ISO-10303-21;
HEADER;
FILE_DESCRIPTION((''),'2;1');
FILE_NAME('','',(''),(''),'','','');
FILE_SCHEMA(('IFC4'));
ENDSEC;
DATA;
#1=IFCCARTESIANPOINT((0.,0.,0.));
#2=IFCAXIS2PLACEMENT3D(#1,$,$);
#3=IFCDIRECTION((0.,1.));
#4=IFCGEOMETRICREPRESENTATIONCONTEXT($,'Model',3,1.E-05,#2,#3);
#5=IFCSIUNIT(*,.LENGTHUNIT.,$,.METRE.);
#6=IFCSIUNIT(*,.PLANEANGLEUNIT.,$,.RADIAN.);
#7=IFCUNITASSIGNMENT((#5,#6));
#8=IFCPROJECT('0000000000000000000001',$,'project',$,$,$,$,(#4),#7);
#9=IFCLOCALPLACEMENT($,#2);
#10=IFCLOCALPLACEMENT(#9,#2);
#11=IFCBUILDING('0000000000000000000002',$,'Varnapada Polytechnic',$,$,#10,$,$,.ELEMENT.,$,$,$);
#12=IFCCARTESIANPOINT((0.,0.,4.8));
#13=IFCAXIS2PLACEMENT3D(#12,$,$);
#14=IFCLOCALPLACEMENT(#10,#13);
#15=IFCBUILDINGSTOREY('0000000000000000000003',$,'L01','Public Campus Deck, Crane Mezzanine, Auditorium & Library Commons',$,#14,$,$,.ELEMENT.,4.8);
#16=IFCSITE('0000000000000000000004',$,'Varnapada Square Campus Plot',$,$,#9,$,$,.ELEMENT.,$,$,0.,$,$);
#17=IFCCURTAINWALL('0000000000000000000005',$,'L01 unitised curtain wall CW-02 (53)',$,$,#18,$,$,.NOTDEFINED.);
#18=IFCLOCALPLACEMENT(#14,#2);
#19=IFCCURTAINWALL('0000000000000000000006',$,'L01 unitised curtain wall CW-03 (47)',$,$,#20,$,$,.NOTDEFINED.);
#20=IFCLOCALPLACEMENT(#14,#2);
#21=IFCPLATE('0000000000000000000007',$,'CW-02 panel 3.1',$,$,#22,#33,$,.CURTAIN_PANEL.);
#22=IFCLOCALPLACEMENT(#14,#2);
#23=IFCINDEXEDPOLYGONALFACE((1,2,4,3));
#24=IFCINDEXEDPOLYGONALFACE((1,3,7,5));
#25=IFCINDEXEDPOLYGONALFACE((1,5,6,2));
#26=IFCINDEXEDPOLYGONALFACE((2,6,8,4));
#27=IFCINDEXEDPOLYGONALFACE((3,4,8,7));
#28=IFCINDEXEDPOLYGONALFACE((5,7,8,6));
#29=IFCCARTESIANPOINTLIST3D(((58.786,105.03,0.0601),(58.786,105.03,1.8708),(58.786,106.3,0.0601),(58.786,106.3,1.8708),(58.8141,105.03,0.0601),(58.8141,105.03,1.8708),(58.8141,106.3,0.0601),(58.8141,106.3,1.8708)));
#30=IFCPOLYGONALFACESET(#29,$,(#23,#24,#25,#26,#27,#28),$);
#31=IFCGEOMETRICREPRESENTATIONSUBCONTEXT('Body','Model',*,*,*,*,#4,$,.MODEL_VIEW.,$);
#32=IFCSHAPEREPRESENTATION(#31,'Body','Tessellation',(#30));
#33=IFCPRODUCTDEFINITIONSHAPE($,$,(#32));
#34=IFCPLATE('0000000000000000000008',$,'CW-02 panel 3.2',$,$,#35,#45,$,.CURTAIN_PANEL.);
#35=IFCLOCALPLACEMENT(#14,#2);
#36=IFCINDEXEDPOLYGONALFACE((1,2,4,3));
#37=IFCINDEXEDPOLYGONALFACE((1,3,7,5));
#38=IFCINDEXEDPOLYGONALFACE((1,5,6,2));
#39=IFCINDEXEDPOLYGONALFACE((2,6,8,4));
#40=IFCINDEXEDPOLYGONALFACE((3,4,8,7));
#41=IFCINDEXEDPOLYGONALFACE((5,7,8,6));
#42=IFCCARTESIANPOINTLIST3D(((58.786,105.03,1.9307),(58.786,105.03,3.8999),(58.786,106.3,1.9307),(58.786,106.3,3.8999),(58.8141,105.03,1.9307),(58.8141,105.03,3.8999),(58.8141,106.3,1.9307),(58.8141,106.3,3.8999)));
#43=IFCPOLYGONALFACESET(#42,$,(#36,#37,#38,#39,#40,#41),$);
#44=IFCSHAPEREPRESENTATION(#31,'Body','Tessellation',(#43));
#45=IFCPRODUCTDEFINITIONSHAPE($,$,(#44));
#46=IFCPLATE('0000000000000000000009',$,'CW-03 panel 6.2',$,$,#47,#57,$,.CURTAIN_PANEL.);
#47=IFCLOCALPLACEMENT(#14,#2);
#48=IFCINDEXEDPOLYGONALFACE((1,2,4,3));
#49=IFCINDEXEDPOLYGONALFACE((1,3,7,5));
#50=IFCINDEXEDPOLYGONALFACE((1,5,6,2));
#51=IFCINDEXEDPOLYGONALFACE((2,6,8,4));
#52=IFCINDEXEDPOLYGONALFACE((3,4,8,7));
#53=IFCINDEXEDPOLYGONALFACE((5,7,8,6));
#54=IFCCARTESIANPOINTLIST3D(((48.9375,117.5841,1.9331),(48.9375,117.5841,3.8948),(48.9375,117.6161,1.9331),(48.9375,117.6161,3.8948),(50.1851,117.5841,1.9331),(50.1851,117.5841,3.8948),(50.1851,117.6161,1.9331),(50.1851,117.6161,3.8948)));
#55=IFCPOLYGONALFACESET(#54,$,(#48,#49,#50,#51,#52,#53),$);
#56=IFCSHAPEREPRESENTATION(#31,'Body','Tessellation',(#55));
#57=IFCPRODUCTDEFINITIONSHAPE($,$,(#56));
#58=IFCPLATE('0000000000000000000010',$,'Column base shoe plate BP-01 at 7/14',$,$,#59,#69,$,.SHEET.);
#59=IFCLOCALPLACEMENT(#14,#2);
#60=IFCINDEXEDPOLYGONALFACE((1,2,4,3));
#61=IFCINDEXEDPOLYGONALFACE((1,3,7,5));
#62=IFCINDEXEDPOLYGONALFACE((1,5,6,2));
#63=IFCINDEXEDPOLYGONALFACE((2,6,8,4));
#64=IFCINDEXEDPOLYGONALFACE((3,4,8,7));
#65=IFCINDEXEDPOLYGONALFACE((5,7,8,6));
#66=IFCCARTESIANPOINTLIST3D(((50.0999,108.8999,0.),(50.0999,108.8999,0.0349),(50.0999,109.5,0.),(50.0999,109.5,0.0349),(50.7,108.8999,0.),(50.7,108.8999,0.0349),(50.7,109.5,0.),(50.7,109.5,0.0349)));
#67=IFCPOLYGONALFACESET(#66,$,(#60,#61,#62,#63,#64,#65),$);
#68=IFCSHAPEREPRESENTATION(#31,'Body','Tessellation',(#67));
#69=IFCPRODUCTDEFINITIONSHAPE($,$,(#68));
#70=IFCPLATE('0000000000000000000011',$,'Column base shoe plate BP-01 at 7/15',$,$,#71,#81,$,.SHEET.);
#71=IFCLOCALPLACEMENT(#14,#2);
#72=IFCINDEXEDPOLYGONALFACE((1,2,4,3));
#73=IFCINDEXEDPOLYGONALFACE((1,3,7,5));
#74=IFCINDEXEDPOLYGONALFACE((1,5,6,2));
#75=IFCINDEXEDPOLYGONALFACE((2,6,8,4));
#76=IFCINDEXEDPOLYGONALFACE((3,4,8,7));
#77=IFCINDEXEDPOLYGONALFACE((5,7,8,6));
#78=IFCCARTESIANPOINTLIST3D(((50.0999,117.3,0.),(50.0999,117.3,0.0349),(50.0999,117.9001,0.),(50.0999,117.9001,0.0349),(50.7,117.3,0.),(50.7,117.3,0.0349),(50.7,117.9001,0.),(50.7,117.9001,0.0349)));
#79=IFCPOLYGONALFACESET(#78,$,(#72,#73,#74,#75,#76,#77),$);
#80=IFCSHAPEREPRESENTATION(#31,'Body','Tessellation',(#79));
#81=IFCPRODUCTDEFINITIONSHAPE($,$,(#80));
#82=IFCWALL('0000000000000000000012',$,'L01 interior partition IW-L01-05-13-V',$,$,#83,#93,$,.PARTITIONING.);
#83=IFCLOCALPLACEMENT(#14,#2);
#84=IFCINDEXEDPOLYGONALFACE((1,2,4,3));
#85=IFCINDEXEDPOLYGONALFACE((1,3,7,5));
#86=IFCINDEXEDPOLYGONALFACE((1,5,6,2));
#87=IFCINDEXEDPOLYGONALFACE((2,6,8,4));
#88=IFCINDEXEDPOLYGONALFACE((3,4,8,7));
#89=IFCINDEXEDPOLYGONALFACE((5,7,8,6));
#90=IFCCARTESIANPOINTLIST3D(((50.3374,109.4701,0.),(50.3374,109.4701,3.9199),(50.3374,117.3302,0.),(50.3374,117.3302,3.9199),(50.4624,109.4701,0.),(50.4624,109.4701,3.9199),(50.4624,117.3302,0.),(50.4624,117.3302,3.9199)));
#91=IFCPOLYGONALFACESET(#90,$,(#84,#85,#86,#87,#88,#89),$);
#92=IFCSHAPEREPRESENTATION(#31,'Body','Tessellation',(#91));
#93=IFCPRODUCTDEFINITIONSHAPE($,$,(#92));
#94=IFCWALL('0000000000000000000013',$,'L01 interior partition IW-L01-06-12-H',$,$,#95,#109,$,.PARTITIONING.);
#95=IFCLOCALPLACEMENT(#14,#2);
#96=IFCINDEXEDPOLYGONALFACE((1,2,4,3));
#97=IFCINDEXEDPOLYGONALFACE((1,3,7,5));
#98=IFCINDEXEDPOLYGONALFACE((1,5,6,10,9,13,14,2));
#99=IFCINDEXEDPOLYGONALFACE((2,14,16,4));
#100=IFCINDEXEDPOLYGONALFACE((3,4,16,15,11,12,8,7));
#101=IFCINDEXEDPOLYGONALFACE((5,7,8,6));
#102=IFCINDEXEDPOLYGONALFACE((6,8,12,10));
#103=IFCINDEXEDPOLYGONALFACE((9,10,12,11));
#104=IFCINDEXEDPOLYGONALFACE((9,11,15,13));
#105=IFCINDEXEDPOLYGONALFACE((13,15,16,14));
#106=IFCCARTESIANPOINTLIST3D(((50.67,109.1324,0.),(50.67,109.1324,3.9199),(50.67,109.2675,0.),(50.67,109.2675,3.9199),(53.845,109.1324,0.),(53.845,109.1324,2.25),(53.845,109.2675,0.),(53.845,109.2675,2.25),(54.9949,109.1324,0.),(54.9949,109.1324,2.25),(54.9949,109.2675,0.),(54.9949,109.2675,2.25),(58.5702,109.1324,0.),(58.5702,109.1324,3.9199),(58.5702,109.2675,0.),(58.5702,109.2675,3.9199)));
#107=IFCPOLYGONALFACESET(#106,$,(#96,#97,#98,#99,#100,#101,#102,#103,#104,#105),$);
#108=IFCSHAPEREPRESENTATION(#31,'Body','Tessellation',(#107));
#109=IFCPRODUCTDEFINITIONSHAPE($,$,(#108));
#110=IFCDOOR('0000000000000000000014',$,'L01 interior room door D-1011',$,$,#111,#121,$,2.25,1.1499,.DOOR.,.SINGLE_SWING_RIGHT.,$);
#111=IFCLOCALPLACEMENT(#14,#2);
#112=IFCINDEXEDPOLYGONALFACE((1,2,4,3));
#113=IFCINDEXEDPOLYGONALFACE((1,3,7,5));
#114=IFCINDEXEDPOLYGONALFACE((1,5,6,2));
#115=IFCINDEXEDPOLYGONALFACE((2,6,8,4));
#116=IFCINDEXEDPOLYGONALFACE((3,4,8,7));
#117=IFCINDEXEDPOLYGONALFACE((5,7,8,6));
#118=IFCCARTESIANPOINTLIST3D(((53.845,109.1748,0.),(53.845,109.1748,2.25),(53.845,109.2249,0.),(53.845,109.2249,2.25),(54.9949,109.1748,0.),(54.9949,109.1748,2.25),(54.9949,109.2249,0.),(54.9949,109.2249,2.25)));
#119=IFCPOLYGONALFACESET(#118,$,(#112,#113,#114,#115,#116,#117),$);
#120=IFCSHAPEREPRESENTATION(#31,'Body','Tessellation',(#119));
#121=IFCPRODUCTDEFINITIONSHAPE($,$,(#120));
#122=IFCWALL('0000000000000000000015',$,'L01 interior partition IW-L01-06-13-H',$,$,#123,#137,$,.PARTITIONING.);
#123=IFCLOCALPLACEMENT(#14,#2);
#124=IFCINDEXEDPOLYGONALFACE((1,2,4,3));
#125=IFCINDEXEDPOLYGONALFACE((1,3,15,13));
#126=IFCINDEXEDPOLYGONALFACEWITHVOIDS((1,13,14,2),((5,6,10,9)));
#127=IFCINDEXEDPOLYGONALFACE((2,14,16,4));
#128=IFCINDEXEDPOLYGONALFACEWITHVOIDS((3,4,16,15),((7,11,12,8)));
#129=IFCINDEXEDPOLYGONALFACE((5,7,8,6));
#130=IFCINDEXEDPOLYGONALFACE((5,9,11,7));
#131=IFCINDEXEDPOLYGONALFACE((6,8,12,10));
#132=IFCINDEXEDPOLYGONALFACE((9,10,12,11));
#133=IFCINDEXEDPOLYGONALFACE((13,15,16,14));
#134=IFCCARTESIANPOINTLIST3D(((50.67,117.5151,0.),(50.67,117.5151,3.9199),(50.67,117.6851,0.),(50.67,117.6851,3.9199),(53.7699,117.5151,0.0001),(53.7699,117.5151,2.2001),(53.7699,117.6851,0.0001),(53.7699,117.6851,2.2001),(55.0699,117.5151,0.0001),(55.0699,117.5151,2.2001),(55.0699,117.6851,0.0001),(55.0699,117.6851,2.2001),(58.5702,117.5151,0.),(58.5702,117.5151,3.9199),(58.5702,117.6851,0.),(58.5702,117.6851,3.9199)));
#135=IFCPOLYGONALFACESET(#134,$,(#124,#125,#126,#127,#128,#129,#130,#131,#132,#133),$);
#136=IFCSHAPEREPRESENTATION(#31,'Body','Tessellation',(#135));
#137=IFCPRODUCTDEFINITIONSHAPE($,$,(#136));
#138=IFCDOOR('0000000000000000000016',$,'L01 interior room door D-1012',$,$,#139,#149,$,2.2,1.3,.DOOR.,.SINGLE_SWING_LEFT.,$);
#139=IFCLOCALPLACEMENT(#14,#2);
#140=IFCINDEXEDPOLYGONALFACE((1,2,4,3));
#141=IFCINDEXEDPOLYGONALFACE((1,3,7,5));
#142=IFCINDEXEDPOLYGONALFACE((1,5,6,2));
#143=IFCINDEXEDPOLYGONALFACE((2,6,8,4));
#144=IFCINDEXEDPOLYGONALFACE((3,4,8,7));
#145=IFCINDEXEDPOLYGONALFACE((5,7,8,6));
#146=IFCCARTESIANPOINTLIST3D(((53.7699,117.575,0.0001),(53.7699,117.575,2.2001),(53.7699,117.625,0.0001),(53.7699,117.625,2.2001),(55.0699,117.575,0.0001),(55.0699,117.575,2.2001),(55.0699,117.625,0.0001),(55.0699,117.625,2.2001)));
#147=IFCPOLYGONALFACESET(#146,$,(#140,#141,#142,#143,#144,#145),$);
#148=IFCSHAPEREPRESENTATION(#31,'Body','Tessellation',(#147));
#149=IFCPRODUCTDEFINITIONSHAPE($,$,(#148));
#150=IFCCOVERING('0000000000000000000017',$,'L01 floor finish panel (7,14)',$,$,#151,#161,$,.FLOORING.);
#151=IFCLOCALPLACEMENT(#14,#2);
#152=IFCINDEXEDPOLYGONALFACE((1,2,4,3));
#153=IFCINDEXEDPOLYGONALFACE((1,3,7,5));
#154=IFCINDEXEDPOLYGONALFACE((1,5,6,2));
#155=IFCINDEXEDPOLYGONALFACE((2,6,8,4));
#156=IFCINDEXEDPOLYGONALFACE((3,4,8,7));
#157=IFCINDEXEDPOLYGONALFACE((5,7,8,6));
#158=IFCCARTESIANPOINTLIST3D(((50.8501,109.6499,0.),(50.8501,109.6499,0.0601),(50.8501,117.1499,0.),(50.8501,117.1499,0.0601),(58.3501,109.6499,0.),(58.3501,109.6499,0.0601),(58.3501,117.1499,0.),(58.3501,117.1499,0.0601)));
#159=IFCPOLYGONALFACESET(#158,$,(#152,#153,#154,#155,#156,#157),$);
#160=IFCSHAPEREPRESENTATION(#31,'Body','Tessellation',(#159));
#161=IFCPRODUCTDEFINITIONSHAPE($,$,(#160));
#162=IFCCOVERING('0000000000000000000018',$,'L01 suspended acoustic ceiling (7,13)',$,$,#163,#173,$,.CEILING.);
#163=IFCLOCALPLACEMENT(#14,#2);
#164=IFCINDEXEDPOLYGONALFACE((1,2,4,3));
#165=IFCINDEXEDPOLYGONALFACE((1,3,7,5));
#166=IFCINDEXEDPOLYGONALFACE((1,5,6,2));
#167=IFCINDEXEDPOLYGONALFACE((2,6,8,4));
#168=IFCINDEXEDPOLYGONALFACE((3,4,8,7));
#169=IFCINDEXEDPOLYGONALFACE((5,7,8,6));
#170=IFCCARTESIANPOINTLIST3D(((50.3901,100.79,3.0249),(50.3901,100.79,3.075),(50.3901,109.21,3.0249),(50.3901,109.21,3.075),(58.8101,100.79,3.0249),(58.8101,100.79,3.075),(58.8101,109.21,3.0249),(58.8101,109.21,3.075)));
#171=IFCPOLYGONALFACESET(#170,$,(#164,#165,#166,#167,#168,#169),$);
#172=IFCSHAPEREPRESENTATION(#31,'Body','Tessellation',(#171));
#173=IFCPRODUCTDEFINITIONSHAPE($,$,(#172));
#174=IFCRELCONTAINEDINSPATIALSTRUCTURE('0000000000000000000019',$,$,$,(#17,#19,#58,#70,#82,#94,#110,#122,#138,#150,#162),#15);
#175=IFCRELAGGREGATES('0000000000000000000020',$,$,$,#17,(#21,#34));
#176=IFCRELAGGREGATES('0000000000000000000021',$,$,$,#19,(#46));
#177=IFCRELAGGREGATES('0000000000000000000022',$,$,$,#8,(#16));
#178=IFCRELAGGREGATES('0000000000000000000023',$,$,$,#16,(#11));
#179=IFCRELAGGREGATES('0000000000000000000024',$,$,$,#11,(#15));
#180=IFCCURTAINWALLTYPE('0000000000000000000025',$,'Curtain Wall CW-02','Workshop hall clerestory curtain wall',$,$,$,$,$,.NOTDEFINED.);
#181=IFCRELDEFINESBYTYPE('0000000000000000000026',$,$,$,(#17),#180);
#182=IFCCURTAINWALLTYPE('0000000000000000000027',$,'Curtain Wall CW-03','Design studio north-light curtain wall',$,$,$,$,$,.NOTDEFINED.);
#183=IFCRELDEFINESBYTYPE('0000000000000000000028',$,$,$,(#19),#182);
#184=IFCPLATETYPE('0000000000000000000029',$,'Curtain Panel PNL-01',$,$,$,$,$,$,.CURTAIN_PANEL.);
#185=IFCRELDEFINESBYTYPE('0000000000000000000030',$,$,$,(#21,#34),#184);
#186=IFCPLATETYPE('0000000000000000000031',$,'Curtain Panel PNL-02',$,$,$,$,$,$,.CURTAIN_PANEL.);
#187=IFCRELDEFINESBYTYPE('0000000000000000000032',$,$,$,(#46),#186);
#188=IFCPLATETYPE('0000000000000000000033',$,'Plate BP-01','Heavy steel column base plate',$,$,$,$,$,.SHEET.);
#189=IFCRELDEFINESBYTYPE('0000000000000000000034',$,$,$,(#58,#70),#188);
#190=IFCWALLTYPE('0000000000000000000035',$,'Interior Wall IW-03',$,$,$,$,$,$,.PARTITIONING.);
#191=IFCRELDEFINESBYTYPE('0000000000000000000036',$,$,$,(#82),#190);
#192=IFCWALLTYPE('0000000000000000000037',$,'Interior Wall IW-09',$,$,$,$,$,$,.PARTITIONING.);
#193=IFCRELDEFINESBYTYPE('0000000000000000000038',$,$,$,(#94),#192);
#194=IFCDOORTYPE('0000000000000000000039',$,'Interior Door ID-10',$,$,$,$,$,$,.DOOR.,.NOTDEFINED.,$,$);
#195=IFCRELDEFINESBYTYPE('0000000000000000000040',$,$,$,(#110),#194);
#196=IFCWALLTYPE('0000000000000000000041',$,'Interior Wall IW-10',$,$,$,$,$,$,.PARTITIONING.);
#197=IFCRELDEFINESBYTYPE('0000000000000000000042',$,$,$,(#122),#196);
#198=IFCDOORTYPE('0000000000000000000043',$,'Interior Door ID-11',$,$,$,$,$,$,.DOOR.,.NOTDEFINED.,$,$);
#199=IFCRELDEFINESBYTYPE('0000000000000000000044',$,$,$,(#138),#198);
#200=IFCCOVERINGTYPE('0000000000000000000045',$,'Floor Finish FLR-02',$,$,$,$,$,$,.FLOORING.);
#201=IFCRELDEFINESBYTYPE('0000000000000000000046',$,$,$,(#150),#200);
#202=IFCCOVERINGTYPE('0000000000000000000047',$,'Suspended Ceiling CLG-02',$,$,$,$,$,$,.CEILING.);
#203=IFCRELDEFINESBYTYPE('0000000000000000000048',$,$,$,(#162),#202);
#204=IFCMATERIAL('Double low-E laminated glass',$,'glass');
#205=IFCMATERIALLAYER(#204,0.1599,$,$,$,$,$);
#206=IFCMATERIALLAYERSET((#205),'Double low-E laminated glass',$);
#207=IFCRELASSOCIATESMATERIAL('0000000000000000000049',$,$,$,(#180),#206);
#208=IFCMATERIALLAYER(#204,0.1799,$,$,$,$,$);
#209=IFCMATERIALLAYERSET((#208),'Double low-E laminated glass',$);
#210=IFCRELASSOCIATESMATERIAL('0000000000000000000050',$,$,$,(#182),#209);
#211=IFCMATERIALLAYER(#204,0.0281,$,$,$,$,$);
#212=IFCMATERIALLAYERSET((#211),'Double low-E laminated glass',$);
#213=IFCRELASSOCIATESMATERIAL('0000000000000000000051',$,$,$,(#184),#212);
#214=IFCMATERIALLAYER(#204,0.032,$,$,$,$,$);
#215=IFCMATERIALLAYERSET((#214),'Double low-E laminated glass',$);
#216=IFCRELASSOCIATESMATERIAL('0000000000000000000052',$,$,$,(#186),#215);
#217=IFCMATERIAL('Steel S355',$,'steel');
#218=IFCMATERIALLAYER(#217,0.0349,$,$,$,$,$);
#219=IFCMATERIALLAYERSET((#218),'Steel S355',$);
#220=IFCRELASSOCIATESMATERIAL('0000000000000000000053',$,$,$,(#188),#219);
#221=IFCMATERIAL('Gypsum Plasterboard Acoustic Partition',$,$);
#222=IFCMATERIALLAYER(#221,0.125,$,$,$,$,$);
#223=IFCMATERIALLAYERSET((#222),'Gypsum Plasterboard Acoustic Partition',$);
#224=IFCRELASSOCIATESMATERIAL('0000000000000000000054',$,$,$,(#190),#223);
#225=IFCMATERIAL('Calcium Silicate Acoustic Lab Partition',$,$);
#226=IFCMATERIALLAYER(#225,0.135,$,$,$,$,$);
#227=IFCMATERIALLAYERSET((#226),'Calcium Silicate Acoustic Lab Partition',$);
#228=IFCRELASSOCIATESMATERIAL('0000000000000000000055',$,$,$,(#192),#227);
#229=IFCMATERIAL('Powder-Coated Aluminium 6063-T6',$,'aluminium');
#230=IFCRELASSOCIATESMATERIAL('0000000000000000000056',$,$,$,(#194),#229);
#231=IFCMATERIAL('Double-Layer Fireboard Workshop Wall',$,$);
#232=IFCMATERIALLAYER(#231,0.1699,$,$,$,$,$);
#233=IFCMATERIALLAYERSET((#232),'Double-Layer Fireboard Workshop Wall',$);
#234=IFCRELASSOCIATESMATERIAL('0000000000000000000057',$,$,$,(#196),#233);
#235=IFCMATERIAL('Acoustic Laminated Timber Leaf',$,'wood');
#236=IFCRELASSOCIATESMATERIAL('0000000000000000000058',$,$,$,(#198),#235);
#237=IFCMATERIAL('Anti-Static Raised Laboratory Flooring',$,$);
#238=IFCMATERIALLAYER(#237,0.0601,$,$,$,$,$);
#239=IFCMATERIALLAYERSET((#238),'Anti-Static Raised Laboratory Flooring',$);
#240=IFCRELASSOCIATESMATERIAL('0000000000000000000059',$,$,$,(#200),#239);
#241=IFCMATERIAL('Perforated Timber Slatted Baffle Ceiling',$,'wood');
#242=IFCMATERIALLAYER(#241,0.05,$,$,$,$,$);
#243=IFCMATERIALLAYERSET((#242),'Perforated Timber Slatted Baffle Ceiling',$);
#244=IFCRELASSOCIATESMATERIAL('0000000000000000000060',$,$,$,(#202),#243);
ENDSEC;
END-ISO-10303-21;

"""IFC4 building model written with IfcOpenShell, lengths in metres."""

from ifc_helpers import new_model, si_unit, direction, frame, frame_2d, origin, origin_2d, place, context, subcontext, project, spatial, rectangle, extrude, material, layer, layer_set, type_object, element, fill, aggregate, save


model = new_model("IFC4")

# Units and contexts
model_context = context("Model", 3, precision=1e-05, world=origin(), true_north=direction((0.0, 1.0)))
body_context = subcontext(model_context, "Body", "Model", "MODEL_VIEW")
ifc_project = project(units=[si_unit("LENGTHUNIT", "METRE"), si_unit("PLANEANGLEUNIT", "RADIAN")], contexts=[model_context])

# Site, building, storey
site_placement = place(None, origin())
site = spatial("IfcSite", under=ifc_project, at=site_placement, Name="Varnapada Square Campus Plot", CompositionType="ELEMENT", RefElevation=0.0)
building_placement = place(site_placement, origin())
building = spatial("IfcBuilding", under=site, at=building_placement, Name="Varnapada Polytechnic", CompositionType="ELEMENT")
storey_placement = place(building_placement, frame((0.0, 0.0, 4.8)))
storey = spatial("IfcBuildingStorey", under=building, at=storey_placement, Name="L01", Description="Public Campus Deck, Crane Mezzanine, Auditorium & Library Commons", CompositionType="ELEMENT", Elevation=4.8)

# Shared definitions
ifc_material_1 = material(Name="Steel S355", Category="steel")

# Curtain wall
ifc_material_2 = material(Name="Double low-E laminated glass", Category="glass")
ifc_layer_1 = layer(ifc_material_2, 0.1599)
ifc_layer_set_1 = layer_set([ifc_layer_1], Name="Double low-E laminated glass")
curtain_wall_type_1 = type_object("IfcCurtainWallType", Name="Curtain Wall CW-02", Description="Workshop hall clerestory curtain wall", PredefinedType="NOTDEFINED", material=ifc_layer_set_1)
curtain_wall_1_placement = place(storey_placement, origin())
curtain_wall_1 = element("IfcCurtainWall", 1, at=curtain_wall_1_placement, inside=storey, type_object=curtain_wall_type_1, Name="L01 unitised curtain wall CW-02 (53)", PredefinedType="NOTDEFINED")

# Curtain wall
ifc_layer_2 = layer(ifc_material_2, 0.1799)
ifc_layer_set_2 = layer_set([ifc_layer_2], Name="Double low-E laminated glass")
curtain_wall_type_2 = type_object("IfcCurtainWallType", Name="Curtain Wall CW-03", Description="Design studio north-light curtain wall", PredefinedType="NOTDEFINED", material=ifc_layer_set_2)
curtain_wall_2_placement = place(storey_placement, origin())
curtain_wall_2 = element("IfcCurtainWall", 2, at=curtain_wall_2_placement, inside=storey, type_object=curtain_wall_type_2, Name="L01 unitised curtain wall CW-03 (47)", PredefinedType="NOTDEFINED")

# Plates
ifc_layer_3 = layer(ifc_material_2, 0.0281)
ifc_layer_set_3 = layer_set([ifc_layer_3], Name="Double low-E laminated glass")
plate_type_1 = type_object("IfcPlateType", Name="Curtain Panel PNL-01", PredefinedType="CURTAIN_PANEL", material=ifc_layer_set_3)
plate_1_placement = place(storey_placement, frame((58.8, 105.665, 0.0601), z_axis=(0.0, 0.0, 1.0), x_axis=(0.0, -1.0, 0.0)))
plate_1 = element("IfcPlate", 3, at=plate_1_placement, type_object=plate_type_1, Name="CW-02 panel 3.1", PredefinedType="CURTAIN_PANEL", context=body_context, shape_type="SweptSolid", body=[
    extrude(rectangle(XDim=1.27, YDim=0.0281, at=origin_2d()), origin(), (0.0, 0.0, 1.0), 1.8108),
])
plate_2_placement = place(storey_placement, frame((58.8, 105.665, 1.9307), z_axis=(0.0, 0.0, 1.0), x_axis=(0.0, -1.0, 0.0)))
plate_2 = element("IfcPlate", 4, at=plate_2_placement, type_object=plate_type_1, Name="CW-02 panel 3.2", PredefinedType="CURTAIN_PANEL", context=body_context, shape_type="SweptSolid", body=[
    extrude(rectangle(XDim=1.27, YDim=0.0281, at=origin_2d()), origin(), (0.0, 0.0, 1.0), 1.9692),
])
aggregate(curtain_wall_1, [plate_1, plate_2])
ifc_layer_4 = layer(ifc_material_2, 0.032)
ifc_layer_set_4 = layer_set([ifc_layer_4], Name="Double low-E laminated glass")
plate_type_2 = type_object("IfcPlateType", Name="Curtain Panel PNL-02", PredefinedType="CURTAIN_PANEL", material=ifc_layer_set_4)
plate_3_placement = place(storey_placement, frame((49.5613, 117.6001, 1.9331), z_axis=(0.0, 0.0, 1.0), x_axis=(1.0, 0.0, 0.0)))
plate_3 = element("IfcPlate", 5, at=plate_3_placement, type_object=plate_type_2, Name="CW-03 panel 6.2", PredefinedType="CURTAIN_PANEL", context=body_context, shape_type="SweptSolid", body=[
    extrude(rectangle(XDim=1.2476, YDim=0.032, at=origin_2d()), origin(), (0.0, 0.0, 1.0), 1.9617),
])
aggregate(curtain_wall_2, [plate_3])

# Plates
ifc_layer_5 = layer(ifc_material_1, 0.0349)
ifc_layer_set_5 = layer_set([ifc_layer_5], Name="Steel S355")
plate_type_3 = type_object("IfcPlateType", Name="Plate BP-01", Description="Heavy steel column base plate", PredefinedType="SHEET", material=ifc_layer_set_5)
for number, where, z_axis, x_axis, name in (
    (6, (50.3999, 109.2, 0.0), (0.0, 0.0, 1.0), (1.0, 0.0, 0.0), "Column base shoe plate BP-01 at 7/14"),
    (7, (50.3999, 117.6001, 0.0), (0.0, 0.0, 1.0), (1.0, 0.0, 0.0), "Column base shoe plate BP-01 at 7/15"),
):
    element("IfcPlate", number, at=place(storey_placement, frame(where, z_axis=z_axis, x_axis=x_axis)), inside=storey, type_object=plate_type_3, Name=name, PredefinedType="SHEET", context=body_context, shape_type="SweptSolid", body=[
        extrude(rectangle(XDim=0.6001, YDim=0.6001, at=origin_2d()), origin(), (0.0, 0.0, 1.0), 0.0349),
    ])

# Wall
ifc_material_3 = material(Name="Gypsum Plasterboard Acoustic Partition")
ifc_layer_6 = layer(ifc_material_3, 0.125)
ifc_layer_set_6 = layer_set([ifc_layer_6], Name="Gypsum Plasterboard Acoustic Partition")
wall_type_1 = type_object("IfcWallType", Name="Interior Wall IW-03", PredefinedType="PARTITIONING", material=ifc_layer_set_6)
wall_1_placement = place(storey_placement, frame((50.3999, 109.47, 0.0), z_axis=(0.0, 0.0, 1.0), x_axis=(0.0, 1.0, 0.0)))
element("IfcWall", 8, at=wall_1_placement, inside=storey, type_object=wall_type_1, Name="L01 interior partition IW-L01-05-13-V", PredefinedType="PARTITIONING", context=body_context, shape_type="SweptSolid", body=[
    extrude(rectangle(XDim=7.8601, YDim=0.125, at=frame_2d((3.9302, 0.0))), origin(), (0.0, 0.0, 1.0), 3.9199),
])

# Walls, openings, doors
ifc_material_4 = material(Name="Calcium Silicate Acoustic Lab Partition")
ifc_layer_7 = layer(ifc_material_4, 0.135)
ifc_layer_set_7 = layer_set([ifc_layer_7], Name="Calcium Silicate Acoustic Lab Partition")
wall_type_2 = type_object("IfcWallType", Name="Interior Wall IW-09", PredefinedType="PARTITIONING", material=ifc_layer_set_7)
wall_2_placement = place(storey_placement, frame((50.6699, 109.2, 0.0), z_axis=(0.0, 0.0, 1.0), x_axis=(1.0, 0.0, 0.0)))
wall_2 = element("IfcWall", 9, at=wall_2_placement, inside=storey, type_object=wall_type_2, Name="L01 interior partition IW-L01-06-12-H", PredefinedType="PARTITIONING", context=body_context, shape_type="SweptSolid", body=[
    extrude(rectangle(XDim=7.9001, YDim=0.135, at=frame_2d((3.9502, 0.0))), origin(), (0.0, 0.0, 1.0), 3.9199),
])
opening_1_placement = place(wall_2_placement, frame((3.175, 0.0, 0.0)))
opening_1 = element("IfcOpeningElement", 10, at=opening_1_placement, cuts=wall_2, PredefinedType="OPENING", context=body_context, shape_type="SweptSolid", body=[
    extrude(rectangle(XDim=1.1499, YDim=2.25, at=frame_2d((0.575, 1.125))), frame((0.0, 0.0774, 0.0), z_axis=(0.0, -1.0, 0.0), x_axis=(1.0, 0.0, 0.0)), (0.0, 0.0, 1.0), 0.155),
])
ifc_material_5 = material(Name="Powder-Coated Aluminium 6063-T6", Category="aluminium")
door_type_1 = type_object("IfcDoorType", Name="Interior Door ID-10", OperationType="NOTDEFINED", PredefinedType="DOOR", material=ifc_material_5)
door_1_placement = place(opening_1_placement, origin())
door_1 = element("IfcDoor", 11, at=door_1_placement, inside=storey, type_object=door_type_1, Name="L01 interior room door D-1011", OperationType="SINGLE_SWING_RIGHT", OverallHeight=2.25, OverallWidth=1.1499, PredefinedType="DOOR", context=body_context, shape_type="SweptSolid", body=[
    extrude(rectangle(XDim=1.1499, YDim=2.25, at=frame_2d((0.575, 1.125))), frame((0.0, 0.0249, 0.0), z_axis=(0.0, -1.0, 0.0), x_axis=(1.0, 0.0, 0.0)), (0.0, 0.0, 1.0), 0.05),
])
fill(opening_1, door_1)
ifc_material_6 = material(Name="Double-Layer Fireboard Workshop Wall")
ifc_layer_8 = layer(ifc_material_6, 0.1699)
ifc_layer_set_8 = layer_set([ifc_layer_8], Name="Double-Layer Fireboard Workshop Wall")
wall_type_3 = type_object("IfcWallType", Name="Interior Wall IW-10", PredefinedType="PARTITIONING", material=ifc_layer_set_8)
wall_3_placement = place(storey_placement, frame((50.6699, 117.6001, 0.0), z_axis=(0.0, 0.0, 1.0), x_axis=(1.0, 0.0, 0.0)))
wall_3 = element("IfcWall", 12, at=wall_3_placement, inside=storey, type_object=wall_type_3, Name="L01 interior partition IW-L01-06-13-H", PredefinedType="PARTITIONING", context=body_context, shape_type="SweptSolid", body=[
    extrude(rectangle(XDim=7.9001, YDim=0.1699, at=frame_2d((3.9502, 0.0))), origin(), (0.0, 0.0, 1.0), 3.9199),
])
opening_2_placement = place(wall_3_placement, frame((3.1001, 0.0, 0.0)))
opening_2 = element("IfcOpeningElement", 13, at=opening_2_placement, cuts=wall_3, PredefinedType="OPENING", context=body_context, shape_type="SweptSolid", body=[
    extrude(rectangle(XDim=1.3, YDim=2.2, at=frame_2d((0.6499, 1.1001))), frame((0.0, 0.095, 0.0), z_axis=(0.0, -1.0, 0.0), x_axis=(1.0, 0.0, 0.0)), (0.0, 0.0, 1.0), 0.1899),
])
ifc_material_7 = material(Name="Acoustic Laminated Timber Leaf", Category="wood")
door_type_2 = type_object("IfcDoorType", Name="Interior Door ID-11", OperationType="NOTDEFINED", PredefinedType="DOOR", material=ifc_material_7)
door_2_placement = place(opening_2_placement, origin())
door_2 = element("IfcDoor", 14, at=door_2_placement, inside=storey, type_object=door_type_2, Name="L01 interior room door D-1012", OperationType="SINGLE_SWING_LEFT", OverallHeight=2.2, OverallWidth=1.3, PredefinedType="DOOR", context=body_context, shape_type="SweptSolid", body=[
    extrude(rectangle(XDim=1.3, YDim=2.2, at=frame_2d((0.6499, 1.1001))), frame((0.0, 0.0249, 0.0), z_axis=(0.0, -1.0, 0.0), x_axis=(1.0, 0.0, 0.0)), (0.0, 0.0, 1.0), 0.05),
])
fill(opening_2, door_2)

# Coverings
ifc_material_8 = material(Name="Anti-Static Raised Laboratory Flooring")
ifc_layer_9 = layer(ifc_material_8, 0.0601)
ifc_layer_set_9 = layer_set([ifc_layer_9], Name="Anti-Static Raised Laboratory Flooring")
covering_type_1 = type_object("IfcCoveringType", Name="Floor Finish FLR-02", PredefinedType="FLOORING", material=ifc_layer_set_9)
covering_1_placement = place(storey_placement, frame((54.6001, 113.3999, 0.0), z_axis=(0.0, 0.0, 1.0), x_axis=(1.0, 0.0, 0.0)))
element("IfcCovering", 15, at=covering_1_placement, inside=storey, type_object=covering_type_1, Name="L01 floor finish panel (7,14)", PredefinedType="FLOORING", context=body_context, shape_type="SweptSolid", body=[
    extrude(rectangle(XDim=7.5, YDim=7.5, at=origin_2d()), origin(), (0.0, 0.0, 1.0), 0.0601),
])
ifc_material_9 = material(Name="Perforated Timber Slatted Baffle Ceiling", Category="wood")
ifc_layer_10 = layer(ifc_material_9, 0.05)
ifc_layer_set_10 = layer_set([ifc_layer_10], Name="Perforated Timber Slatted Baffle Ceiling")
covering_type_2 = type_object("IfcCoveringType", Name="Suspended Ceiling CLG-02", PredefinedType="CEILING", material=ifc_layer_set_10)
covering_2_placement = place(storey_placement, frame((54.6001, 105.0, 3.0249), z_axis=(0.0, 0.0, 1.0), x_axis=(1.0, 0.0, 0.0)))
element("IfcCovering", 16, at=covering_2_placement, inside=storey, type_object=covering_type_2, Name="L01 suspended acoustic ceiling (7,13)", PredefinedType="CEILING", context=body_context, shape_type="SweptSolid", body=[
    extrude(rectangle(XDim=8.4199, YDim=8.4199, at=origin_2d()), origin(), (0.0, 0.0, 1.0), 0.05),
])

save(model, "model.ifc")
